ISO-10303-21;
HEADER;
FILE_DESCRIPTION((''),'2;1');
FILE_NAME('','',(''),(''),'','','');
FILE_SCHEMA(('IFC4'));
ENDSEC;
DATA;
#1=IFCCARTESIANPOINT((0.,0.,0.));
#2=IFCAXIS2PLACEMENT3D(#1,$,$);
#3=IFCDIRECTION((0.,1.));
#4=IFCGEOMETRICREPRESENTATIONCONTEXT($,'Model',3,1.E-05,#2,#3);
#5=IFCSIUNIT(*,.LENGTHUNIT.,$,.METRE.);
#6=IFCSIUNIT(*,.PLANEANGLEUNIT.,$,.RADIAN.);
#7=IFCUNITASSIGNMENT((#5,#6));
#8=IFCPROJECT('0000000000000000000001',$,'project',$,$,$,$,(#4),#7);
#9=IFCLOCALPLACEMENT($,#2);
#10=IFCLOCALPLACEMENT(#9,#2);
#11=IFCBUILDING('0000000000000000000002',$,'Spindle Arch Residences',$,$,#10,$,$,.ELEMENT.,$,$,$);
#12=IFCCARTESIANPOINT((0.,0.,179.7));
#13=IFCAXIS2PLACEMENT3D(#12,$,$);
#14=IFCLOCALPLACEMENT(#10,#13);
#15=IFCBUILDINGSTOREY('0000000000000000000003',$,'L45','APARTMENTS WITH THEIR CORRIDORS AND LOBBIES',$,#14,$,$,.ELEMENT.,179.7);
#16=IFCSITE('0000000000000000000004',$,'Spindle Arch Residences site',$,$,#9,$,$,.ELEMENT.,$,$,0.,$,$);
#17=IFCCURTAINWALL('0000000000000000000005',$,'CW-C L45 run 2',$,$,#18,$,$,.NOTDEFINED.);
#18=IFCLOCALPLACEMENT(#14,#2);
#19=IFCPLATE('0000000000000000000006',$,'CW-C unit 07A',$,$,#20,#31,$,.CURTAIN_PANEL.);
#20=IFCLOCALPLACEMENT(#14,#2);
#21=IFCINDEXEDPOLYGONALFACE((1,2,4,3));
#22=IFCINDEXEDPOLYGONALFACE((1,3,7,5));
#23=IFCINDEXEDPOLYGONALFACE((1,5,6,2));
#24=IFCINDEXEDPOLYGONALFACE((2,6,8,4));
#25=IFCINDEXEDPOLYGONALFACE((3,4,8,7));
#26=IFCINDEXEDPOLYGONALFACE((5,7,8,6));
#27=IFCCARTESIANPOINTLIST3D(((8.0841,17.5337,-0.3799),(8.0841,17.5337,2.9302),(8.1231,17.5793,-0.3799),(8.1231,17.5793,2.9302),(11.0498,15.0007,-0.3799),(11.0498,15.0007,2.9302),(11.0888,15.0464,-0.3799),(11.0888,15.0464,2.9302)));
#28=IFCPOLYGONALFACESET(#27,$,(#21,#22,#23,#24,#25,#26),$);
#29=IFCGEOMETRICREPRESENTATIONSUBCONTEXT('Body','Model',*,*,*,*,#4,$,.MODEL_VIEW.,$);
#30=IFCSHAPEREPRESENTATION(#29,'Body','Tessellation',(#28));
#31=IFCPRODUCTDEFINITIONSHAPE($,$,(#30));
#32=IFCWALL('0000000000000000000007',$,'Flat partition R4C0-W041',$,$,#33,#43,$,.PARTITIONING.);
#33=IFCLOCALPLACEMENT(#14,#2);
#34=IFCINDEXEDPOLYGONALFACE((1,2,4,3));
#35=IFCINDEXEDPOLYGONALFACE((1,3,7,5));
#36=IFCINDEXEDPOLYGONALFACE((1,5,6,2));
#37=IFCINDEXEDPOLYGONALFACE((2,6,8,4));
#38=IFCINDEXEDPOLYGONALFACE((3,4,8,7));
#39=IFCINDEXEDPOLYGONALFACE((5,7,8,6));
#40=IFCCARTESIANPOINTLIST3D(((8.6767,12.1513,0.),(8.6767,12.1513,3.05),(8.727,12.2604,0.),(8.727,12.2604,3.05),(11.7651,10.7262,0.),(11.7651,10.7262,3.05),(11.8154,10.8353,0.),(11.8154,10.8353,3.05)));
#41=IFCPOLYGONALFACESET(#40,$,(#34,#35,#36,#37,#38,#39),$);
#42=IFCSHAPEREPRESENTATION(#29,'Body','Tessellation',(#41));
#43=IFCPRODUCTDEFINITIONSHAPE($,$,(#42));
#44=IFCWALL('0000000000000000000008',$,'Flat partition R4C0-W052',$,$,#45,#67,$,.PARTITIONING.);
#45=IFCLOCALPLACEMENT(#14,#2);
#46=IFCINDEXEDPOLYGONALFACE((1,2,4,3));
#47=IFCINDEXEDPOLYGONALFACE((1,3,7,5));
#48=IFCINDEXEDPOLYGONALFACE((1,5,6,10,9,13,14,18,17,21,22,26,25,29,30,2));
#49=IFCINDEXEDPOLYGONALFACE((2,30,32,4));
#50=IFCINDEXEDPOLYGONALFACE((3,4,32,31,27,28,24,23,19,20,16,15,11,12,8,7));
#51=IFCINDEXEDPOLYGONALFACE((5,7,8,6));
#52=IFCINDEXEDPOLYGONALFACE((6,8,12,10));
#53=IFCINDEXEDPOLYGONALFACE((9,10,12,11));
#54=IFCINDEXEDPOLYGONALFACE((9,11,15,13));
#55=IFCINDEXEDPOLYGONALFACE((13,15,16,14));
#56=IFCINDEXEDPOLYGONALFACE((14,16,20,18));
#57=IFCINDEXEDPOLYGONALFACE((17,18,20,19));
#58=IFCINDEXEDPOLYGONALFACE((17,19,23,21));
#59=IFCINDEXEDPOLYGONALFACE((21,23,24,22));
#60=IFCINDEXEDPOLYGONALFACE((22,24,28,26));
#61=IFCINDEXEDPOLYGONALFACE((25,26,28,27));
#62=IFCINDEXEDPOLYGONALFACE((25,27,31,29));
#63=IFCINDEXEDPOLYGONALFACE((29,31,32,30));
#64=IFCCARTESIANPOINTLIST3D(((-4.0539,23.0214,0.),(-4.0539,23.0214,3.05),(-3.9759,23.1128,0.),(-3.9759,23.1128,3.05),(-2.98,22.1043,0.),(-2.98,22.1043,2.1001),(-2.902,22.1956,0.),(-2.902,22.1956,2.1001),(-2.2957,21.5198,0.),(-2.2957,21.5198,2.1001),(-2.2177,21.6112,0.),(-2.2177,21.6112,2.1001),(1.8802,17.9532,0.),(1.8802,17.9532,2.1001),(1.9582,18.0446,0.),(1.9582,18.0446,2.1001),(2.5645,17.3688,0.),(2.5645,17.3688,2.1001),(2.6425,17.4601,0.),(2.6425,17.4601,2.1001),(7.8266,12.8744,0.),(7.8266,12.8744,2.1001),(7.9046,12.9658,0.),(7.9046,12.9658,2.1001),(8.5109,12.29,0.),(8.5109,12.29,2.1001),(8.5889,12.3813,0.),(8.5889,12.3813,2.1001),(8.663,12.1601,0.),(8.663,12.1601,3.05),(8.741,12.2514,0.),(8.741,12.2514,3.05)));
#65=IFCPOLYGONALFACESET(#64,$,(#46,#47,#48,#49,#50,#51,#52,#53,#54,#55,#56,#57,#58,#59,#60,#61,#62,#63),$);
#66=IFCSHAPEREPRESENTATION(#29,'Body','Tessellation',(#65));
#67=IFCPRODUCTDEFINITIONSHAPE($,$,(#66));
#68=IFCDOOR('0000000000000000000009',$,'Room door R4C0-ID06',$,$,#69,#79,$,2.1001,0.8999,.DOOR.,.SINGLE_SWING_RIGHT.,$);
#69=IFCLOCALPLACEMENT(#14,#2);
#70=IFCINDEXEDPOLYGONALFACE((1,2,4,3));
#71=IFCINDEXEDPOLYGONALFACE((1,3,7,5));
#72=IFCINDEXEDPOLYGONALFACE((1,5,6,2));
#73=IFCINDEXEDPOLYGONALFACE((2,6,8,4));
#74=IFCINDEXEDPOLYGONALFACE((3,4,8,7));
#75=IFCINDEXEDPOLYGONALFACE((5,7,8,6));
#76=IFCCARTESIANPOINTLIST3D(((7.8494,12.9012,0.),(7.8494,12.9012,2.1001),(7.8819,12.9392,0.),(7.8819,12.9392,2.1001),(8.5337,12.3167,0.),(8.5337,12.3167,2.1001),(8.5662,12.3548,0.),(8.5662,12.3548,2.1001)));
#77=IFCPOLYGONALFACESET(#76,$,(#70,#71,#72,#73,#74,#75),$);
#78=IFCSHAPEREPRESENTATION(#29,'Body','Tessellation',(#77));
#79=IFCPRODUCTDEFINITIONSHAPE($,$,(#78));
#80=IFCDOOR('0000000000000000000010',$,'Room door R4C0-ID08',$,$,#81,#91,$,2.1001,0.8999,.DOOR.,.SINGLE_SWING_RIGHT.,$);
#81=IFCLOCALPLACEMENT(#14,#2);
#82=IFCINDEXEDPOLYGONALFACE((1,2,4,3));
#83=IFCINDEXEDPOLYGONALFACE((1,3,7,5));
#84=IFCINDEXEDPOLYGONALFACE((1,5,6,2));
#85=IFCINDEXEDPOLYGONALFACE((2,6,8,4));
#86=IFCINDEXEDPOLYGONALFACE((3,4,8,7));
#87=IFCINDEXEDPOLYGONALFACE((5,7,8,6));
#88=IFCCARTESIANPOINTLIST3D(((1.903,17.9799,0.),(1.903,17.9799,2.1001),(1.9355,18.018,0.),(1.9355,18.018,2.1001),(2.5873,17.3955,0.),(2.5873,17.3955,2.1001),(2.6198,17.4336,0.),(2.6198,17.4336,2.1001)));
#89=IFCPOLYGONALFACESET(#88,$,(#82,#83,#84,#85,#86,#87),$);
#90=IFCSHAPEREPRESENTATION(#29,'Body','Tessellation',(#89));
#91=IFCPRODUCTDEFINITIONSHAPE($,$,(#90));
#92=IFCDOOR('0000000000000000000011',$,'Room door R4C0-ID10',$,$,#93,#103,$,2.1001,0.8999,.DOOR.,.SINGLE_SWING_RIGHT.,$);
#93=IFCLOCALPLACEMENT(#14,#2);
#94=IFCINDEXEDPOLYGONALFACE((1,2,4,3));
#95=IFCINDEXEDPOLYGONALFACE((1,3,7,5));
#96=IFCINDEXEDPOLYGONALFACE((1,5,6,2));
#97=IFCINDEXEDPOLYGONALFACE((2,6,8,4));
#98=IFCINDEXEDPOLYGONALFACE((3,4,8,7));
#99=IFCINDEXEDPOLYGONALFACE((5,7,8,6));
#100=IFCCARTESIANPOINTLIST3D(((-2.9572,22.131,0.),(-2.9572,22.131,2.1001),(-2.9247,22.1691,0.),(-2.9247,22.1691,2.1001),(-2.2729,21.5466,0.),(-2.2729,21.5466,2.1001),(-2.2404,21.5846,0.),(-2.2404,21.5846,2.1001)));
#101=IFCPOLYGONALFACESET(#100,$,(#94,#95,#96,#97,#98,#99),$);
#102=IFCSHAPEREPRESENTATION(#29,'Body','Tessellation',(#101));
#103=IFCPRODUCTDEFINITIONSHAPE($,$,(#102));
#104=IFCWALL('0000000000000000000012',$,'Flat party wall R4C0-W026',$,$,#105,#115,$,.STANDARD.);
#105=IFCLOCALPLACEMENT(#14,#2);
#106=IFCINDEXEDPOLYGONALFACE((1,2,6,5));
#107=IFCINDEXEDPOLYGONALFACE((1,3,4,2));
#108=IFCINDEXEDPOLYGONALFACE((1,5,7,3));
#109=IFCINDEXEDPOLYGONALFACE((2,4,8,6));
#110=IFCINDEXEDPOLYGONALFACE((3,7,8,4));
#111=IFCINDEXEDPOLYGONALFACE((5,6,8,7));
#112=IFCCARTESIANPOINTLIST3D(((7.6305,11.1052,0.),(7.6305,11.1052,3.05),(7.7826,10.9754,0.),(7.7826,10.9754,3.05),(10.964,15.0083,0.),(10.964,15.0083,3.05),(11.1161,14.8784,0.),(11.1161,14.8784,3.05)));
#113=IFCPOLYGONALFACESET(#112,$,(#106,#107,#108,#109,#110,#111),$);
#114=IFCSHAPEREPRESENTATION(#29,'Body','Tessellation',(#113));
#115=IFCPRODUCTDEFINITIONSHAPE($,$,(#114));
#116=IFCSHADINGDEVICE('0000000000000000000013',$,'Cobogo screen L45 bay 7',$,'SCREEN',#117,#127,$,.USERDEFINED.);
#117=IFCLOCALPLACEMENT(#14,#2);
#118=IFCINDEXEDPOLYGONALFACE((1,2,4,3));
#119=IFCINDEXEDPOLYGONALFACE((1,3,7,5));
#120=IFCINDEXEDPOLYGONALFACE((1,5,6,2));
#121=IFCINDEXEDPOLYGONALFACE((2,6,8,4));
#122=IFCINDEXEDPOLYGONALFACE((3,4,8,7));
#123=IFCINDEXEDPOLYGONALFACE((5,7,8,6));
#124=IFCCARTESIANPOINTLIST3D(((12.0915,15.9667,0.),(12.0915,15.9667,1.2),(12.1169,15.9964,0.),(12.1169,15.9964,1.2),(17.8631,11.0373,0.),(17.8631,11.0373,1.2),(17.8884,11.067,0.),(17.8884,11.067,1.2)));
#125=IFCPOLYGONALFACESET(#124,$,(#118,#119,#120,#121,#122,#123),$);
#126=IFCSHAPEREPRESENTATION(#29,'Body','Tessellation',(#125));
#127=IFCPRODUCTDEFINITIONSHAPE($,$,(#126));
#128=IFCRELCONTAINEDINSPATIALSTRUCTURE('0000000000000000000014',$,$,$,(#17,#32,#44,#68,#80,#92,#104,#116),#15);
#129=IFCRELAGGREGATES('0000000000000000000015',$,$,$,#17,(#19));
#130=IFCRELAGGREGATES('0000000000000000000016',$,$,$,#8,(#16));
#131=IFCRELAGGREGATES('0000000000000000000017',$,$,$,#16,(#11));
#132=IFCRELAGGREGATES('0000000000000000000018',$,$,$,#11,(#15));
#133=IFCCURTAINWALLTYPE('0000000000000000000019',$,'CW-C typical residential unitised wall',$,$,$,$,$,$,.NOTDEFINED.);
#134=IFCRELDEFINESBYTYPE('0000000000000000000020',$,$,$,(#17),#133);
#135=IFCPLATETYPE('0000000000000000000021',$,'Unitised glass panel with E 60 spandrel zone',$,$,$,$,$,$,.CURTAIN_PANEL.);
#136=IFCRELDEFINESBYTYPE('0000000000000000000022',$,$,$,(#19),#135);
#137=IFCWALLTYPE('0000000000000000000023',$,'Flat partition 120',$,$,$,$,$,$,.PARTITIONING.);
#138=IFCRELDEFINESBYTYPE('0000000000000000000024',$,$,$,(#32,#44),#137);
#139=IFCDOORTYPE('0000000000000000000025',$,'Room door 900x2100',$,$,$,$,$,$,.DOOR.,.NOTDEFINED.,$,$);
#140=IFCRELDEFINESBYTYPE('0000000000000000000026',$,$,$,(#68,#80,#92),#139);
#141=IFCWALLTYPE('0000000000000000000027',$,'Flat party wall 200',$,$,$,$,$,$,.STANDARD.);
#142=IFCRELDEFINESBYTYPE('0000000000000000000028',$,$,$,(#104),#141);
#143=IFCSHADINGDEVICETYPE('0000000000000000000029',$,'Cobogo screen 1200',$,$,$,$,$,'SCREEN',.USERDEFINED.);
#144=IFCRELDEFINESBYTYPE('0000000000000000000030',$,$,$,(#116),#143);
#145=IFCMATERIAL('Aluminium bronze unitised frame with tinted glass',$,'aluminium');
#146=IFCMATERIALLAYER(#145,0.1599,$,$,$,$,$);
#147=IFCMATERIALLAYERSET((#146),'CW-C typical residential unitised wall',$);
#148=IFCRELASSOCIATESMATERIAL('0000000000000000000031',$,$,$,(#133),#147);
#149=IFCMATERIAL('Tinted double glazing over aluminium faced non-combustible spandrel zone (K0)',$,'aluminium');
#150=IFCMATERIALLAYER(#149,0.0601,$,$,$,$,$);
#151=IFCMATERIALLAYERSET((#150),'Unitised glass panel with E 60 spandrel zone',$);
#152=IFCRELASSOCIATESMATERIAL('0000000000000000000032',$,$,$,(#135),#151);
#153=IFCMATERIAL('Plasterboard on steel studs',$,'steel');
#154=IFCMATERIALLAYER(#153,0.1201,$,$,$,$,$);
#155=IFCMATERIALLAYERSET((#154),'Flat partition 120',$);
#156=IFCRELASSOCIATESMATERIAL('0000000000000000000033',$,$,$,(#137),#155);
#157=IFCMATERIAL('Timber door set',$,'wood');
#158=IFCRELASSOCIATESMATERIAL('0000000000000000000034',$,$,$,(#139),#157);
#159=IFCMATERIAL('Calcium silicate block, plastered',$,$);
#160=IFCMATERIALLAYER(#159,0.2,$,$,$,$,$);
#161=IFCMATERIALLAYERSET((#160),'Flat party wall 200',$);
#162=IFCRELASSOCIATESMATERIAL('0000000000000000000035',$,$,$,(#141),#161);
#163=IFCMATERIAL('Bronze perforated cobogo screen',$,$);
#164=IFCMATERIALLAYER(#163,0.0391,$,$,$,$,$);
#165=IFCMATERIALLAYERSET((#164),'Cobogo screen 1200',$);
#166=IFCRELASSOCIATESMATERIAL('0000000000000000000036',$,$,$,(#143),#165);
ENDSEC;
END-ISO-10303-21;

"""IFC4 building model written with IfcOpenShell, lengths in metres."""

from ifc_helpers import new_model, si_unit, direction, frame, frame_2d, origin, origin_2d, place, context, subcontext, project, spatial, rectangle, extrude, material, layer, layer_set, type_object, element, fill, aggregate, save


model = new_model("IFC4")

# Units and contexts
model_context = context("Model", 3, precision=1e-05, world=origin(), true_north=direction((0.0, 1.0)))
body_context = subcontext(model_context, "Body", "Model", "MODEL_VIEW")
ifc_project = project(units=[si_unit("LENGTHUNIT", "METRE"), si_unit("PLANEANGLEUNIT", "RADIAN")], contexts=[model_context])

# Site, building, storey
site_placement = place(None, origin())
site = spatial("IfcSite", under=ifc_project, at=site_placement, Name="Spindle Arch Residences site", CompositionType="ELEMENT", RefElevation=0.0)
building_placement = place(site_placement, origin())
building = spatial("IfcBuilding", under=site, at=building_placement, Name="Spindle Arch Residences", CompositionType="ELEMENT")
storey_placement = place(building_placement, frame((0.0, 0.0, 179.7)))
storey = spatial("IfcBuildingStorey", under=building, at=storey_placement, Name="L45", Description="APARTMENTS WITH THEIR CORRIDORS AND LOBBIES", CompositionType="ELEMENT", Elevation=179.7)

# Curtain wall
ifc_material_1 = material(Name="Aluminium bronze unitised frame with tinted glass", Category="aluminium")
ifc_layer_1 = layer(ifc_material_1, 0.1599)
ifc_layer_set_1 = layer_set([ifc_layer_1], Name="CW-C typical residential unitised wall")
curtain_wall_type = type_object("IfcCurtainWallType", Name="CW-C typical residential unitised wall", PredefinedType="NOTDEFINED", material=ifc_layer_set_1)
curtain_wall_placement = place(storey_placement, origin())
curtain_wall = element("IfcCurtainWall", 1, at=curtain_wall_placement, inside=storey, type_object=curtain_wall_type, Name="CW-C L45 run 2", PredefinedType="NOTDEFINED")

# Plate
ifc_material_2 = material(Name="Tinted double glazing over aluminium faced non-combustible spandrel zone (K0)", Category="aluminium")
ifc_layer_2 = layer(ifc_material_2, 0.0601)
ifc_layer_set_2 = layer_set([ifc_layer_2], Name="Unitised glass panel with E 60 spandrel zone")
plate_type = type_object("IfcPlateType", Name="Unitised glass panel with E 60 spandrel zone", PredefinedType="CURTAIN_PANEL", material=ifc_layer_set_2)
plate_1_placement = place(storey_placement, frame((9.5864, 16.29, -0.3799), z_axis=(0.0, 0.0, 1.0), x_axis=(-0.760406, 0.649448, 0.0)))
plate_1 = element("IfcPlate", 2, at=plate_1_placement, type_object=plate_type, Name="CW-C unit 07A", PredefinedType="CURTAIN_PANEL", context=body_context, shape_type="SweptSolid", body=[
    extrude(rectangle(XDim=3.9001, YDim=0.0601, at=origin_2d()), origin(), (0.0, 0.0, 1.0), 3.3101),
])
aggregate(curtain_wall, [plate_1])

# Wall
ifc_material_3 = material(Name="Plasterboard on steel studs", Category="steel")
ifc_layer_3 = layer(ifc_material_3, 0.1201)
ifc_layer_set_3 = layer_set([ifc_layer_3], Name="Flat partition 120")
wall_type_1 = type_object("IfcWallType", Name="Flat partition 120", PredefinedType="PARTITIONING", material=ifc_layer_set_3)
wall_1_placement = place(storey_placement, frame((11.7903, 10.7808, 0.0), z_axis=(0.0, 0.0, 1.0), x_axis=(-0.907999, 0.418972, 0.0)))
element("IfcWall", 3, at=wall_1_placement, inside=storey, type_object=wall_type_1, Name="Flat partition R4C0-W041", PredefinedType="PARTITIONING", context=body_context, shape_type="SweptSolid", body=[
    extrude(rectangle(XDim=3.4014, YDim=0.1201, at=frame_2d((1.7007, 0.0))), origin(), (0.0, 0.0, 1.0), 3.05),
])

# Wall, openings, doors
wall_2_placement = place(storey_placement, frame((8.7019, 12.2058, 0.0), z_axis=(0.0, 0.0, 1.0), x_axis=(-0.760401, 0.649453, 0.0)))
wall_2 = element("IfcWall", 4, at=wall_2_placement, inside=storey, type_object=wall_type_1, Name="Flat partition R4C0-W052", PredefinedType="PARTITIONING", context=body_context, shape_type="SweptSolid", body=[
    extrude(rectangle(XDim=16.7239, YDim=0.1201, at=frame_2d((8.3618, 0.0))), origin(), (0.0, 0.0, 1.0), 3.05),
])
opening_1_placement = place(wall_2_placement, frame((0.2, 0.0, 0.0)))
opening_1 = element("IfcOpeningElement", 5, at=opening_1_placement, cuts=wall_2, PredefinedType="OPENING", context=body_context, shape_type="SweptSolid", body=[
    extrude(rectangle(XDim=0.8999, YDim=2.1001, at=frame_2d((0.45, 1.05))), frame((0.0, 0.0701, 0.0), z_axis=(0.0, -1.0, 0.0), x_axis=(1.0, 0.0, 0.0)), (0.0, 0.0, 1.0), 0.1401),
])
opening_2_placement = place(wall_2_placement, frame((8.02, 0.0, 0.0)))
opening_2 = element("IfcOpeningElement", 6, at=opening_2_placement, cuts=wall_2, PredefinedType="OPENING", context=body_context, shape_type="SweptSolid", body=[
    extrude(rectangle(XDim=0.8999, YDim=2.1001, at=frame_2d((0.45, 1.05))), frame((0.0, 0.0701, 0.0), z_axis=(0.0, -1.0, 0.0), x_axis=(1.0, 0.0, 0.0)), (0.0, 0.0, 1.0), 0.1401),
])
opening_3_placement = place(wall_2_placement, frame((14.4116, 0.0, 0.0)))
opening_3 = element("IfcOpeningElement", 7, at=opening_3_placement, cuts=wall_2, PredefinedType="OPENING", context=body_context, shape_type="SweptSolid", body=[
    extrude(rectangle(XDim=0.8999, YDim=2.1001, at=frame_2d((0.45, 1.05))), frame((0.0, 0.0701, 0.0), z_axis=(0.0, -1.0, 0.0), x_axis=(1.0, 0.0, 0.0)), (0.0, 0.0, 1.0), 0.1401),
])
ifc_material_4 = material(Name="Timber door set", Category="wood")
door_type_1 = type_object("IfcDoorType", Name="Room door 900x2100", OperationType="NOTDEFINED", PredefinedType="DOOR", material=ifc_material_4)
door_1_placement = place(opening_1_placement, origin())
door_1 = element("IfcDoor", 8, at=door_1_placement, inside=storey, type_object=door_type_1, Name="Room door R4C0-ID06", OperationType="SINGLE_SWING_RIGHT", OverallHeight=2.1001, OverallWidth=0.8999, PredefinedType="DOOR", context=body_context, shape_type="SweptSolid", body=[
    extrude(rectangle(XDim=0.8999, YDim=2.1001, at=frame_2d((0.45, 1.05))), frame((0.0, 0.0249, 0.0), z_axis=(0.0, -1.0, 0.0), x_axis=(1.0, 0.0, 0.0)), (0.0, 0.0, 1.0), 0.05),
])
fill(opening_1, door_1)
door_2_placement = place(opening_2_placement, origin())
door_2 = element("IfcDoor", 9, at=door_2_placement, inside=storey, type_object=door_type_1, Name="Room door R4C0-ID08", OperationType="SINGLE_SWING_RIGHT", OverallHeight=2.1001, OverallWidth=0.8999, PredefinedType="DOOR", context=body_context, shape_type="SweptSolid", body=[
    extrude(rectangle(XDim=0.8999, YDim=2.1001, at=frame_2d((0.45, 1.05))), frame((0.0, 0.0249, 0.0), z_axis=(0.0, -1.0, 0.0), x_axis=(1.0, 0.0, 0.0)), (0.0, 0.0, 1.0), 0.05),
])
fill(opening_2, door_2)
door_3_placement = place(opening_3_placement, origin())
door_3 = element("IfcDoor", 10, at=door_3_placement, inside=storey, type_object=door_type_1, Name="Room door R4C0-ID10", OperationType="SINGLE_SWING_RIGHT", OverallHeight=2.1001, OverallWidth=0.8999, PredefinedType="DOOR", context=body_context, shape_type="SweptSolid", body=[
    extrude(rectangle(XDim=0.8999, YDim=2.1001, at=frame_2d((0.45, 1.05))), frame((0.0, 0.0249, 0.0), z_axis=(0.0, -1.0, 0.0), x_axis=(1.0, 0.0, 0.0)), (0.0, 0.0, 1.0), 0.05),
])
fill(opening_3, door_3)

# Wall
ifc_material_5 = material(Name="Calcium silicate block, plastered")
ifc_layer_4 = layer(ifc_material_5, 0.2)
ifc_layer_set_4 = layer_set([ifc_layer_4], Name="Flat party wall 200")
wall_type_2 = type_object("IfcWallType", Name="Flat party wall 200", PredefinedType="STANDARD", material=ifc_layer_set_4)
wall_3_placement = place(storey_placement, frame((11.04, 14.9434, 0.0), z_axis=(0.0, 0.0, 1.0), x_axis=(-0.649443, -0.76041, 0.0)))
element("IfcWall", 11, at=wall_3_placement, inside=storey, type_object=wall_type_2, Name="Flat party wall R4C0-W026", PredefinedType="STANDARD", context=body_context, shape_type="SweptSolid", body=[
    extrude(rectangle(XDim=5.1328, YDim=0.2, at=frame_2d((2.5664, 0.0))), origin(), (0.0, 0.0, 1.0), 3.05),
])

# Shading device
ifc_material_6 = material(Name="Bronze perforated cobogo screen")
ifc_layer_5 = layer(ifc_material_6, 0.0391)
ifc_layer_set_5 = layer_set([ifc_layer_5], Name="Cobogo screen 1200")
shading_device_type = type_object("IfcShadingDeviceType", Name="Cobogo screen 1200", ElementType="SCREEN", PredefinedType="USERDEFINED", material=ifc_layer_set_5)
shading_device_placement = place(storey_placement, frame((14.99, 13.5168, 0.0), z_axis=(0.0, 0.0, 1.0), x_axis=(-0.760406, 0.649448, 0.0)))
element("IfcShadingDevice", 12, at=shading_device_placement, inside=storey, type_object=shading_device_type, Name="Cobogo screen L45 bay 7", ObjectType="SCREEN", PredefinedType="USERDEFINED", context=body_context, shape_type="SweptSolid", body=[
    extrude(rectangle(XDim=7.5901, YDim=0.0391, at=origin_2d()), origin(), (0.0, 0.0, 1.0), 1.2),
])

save(model, "model.ifc")
